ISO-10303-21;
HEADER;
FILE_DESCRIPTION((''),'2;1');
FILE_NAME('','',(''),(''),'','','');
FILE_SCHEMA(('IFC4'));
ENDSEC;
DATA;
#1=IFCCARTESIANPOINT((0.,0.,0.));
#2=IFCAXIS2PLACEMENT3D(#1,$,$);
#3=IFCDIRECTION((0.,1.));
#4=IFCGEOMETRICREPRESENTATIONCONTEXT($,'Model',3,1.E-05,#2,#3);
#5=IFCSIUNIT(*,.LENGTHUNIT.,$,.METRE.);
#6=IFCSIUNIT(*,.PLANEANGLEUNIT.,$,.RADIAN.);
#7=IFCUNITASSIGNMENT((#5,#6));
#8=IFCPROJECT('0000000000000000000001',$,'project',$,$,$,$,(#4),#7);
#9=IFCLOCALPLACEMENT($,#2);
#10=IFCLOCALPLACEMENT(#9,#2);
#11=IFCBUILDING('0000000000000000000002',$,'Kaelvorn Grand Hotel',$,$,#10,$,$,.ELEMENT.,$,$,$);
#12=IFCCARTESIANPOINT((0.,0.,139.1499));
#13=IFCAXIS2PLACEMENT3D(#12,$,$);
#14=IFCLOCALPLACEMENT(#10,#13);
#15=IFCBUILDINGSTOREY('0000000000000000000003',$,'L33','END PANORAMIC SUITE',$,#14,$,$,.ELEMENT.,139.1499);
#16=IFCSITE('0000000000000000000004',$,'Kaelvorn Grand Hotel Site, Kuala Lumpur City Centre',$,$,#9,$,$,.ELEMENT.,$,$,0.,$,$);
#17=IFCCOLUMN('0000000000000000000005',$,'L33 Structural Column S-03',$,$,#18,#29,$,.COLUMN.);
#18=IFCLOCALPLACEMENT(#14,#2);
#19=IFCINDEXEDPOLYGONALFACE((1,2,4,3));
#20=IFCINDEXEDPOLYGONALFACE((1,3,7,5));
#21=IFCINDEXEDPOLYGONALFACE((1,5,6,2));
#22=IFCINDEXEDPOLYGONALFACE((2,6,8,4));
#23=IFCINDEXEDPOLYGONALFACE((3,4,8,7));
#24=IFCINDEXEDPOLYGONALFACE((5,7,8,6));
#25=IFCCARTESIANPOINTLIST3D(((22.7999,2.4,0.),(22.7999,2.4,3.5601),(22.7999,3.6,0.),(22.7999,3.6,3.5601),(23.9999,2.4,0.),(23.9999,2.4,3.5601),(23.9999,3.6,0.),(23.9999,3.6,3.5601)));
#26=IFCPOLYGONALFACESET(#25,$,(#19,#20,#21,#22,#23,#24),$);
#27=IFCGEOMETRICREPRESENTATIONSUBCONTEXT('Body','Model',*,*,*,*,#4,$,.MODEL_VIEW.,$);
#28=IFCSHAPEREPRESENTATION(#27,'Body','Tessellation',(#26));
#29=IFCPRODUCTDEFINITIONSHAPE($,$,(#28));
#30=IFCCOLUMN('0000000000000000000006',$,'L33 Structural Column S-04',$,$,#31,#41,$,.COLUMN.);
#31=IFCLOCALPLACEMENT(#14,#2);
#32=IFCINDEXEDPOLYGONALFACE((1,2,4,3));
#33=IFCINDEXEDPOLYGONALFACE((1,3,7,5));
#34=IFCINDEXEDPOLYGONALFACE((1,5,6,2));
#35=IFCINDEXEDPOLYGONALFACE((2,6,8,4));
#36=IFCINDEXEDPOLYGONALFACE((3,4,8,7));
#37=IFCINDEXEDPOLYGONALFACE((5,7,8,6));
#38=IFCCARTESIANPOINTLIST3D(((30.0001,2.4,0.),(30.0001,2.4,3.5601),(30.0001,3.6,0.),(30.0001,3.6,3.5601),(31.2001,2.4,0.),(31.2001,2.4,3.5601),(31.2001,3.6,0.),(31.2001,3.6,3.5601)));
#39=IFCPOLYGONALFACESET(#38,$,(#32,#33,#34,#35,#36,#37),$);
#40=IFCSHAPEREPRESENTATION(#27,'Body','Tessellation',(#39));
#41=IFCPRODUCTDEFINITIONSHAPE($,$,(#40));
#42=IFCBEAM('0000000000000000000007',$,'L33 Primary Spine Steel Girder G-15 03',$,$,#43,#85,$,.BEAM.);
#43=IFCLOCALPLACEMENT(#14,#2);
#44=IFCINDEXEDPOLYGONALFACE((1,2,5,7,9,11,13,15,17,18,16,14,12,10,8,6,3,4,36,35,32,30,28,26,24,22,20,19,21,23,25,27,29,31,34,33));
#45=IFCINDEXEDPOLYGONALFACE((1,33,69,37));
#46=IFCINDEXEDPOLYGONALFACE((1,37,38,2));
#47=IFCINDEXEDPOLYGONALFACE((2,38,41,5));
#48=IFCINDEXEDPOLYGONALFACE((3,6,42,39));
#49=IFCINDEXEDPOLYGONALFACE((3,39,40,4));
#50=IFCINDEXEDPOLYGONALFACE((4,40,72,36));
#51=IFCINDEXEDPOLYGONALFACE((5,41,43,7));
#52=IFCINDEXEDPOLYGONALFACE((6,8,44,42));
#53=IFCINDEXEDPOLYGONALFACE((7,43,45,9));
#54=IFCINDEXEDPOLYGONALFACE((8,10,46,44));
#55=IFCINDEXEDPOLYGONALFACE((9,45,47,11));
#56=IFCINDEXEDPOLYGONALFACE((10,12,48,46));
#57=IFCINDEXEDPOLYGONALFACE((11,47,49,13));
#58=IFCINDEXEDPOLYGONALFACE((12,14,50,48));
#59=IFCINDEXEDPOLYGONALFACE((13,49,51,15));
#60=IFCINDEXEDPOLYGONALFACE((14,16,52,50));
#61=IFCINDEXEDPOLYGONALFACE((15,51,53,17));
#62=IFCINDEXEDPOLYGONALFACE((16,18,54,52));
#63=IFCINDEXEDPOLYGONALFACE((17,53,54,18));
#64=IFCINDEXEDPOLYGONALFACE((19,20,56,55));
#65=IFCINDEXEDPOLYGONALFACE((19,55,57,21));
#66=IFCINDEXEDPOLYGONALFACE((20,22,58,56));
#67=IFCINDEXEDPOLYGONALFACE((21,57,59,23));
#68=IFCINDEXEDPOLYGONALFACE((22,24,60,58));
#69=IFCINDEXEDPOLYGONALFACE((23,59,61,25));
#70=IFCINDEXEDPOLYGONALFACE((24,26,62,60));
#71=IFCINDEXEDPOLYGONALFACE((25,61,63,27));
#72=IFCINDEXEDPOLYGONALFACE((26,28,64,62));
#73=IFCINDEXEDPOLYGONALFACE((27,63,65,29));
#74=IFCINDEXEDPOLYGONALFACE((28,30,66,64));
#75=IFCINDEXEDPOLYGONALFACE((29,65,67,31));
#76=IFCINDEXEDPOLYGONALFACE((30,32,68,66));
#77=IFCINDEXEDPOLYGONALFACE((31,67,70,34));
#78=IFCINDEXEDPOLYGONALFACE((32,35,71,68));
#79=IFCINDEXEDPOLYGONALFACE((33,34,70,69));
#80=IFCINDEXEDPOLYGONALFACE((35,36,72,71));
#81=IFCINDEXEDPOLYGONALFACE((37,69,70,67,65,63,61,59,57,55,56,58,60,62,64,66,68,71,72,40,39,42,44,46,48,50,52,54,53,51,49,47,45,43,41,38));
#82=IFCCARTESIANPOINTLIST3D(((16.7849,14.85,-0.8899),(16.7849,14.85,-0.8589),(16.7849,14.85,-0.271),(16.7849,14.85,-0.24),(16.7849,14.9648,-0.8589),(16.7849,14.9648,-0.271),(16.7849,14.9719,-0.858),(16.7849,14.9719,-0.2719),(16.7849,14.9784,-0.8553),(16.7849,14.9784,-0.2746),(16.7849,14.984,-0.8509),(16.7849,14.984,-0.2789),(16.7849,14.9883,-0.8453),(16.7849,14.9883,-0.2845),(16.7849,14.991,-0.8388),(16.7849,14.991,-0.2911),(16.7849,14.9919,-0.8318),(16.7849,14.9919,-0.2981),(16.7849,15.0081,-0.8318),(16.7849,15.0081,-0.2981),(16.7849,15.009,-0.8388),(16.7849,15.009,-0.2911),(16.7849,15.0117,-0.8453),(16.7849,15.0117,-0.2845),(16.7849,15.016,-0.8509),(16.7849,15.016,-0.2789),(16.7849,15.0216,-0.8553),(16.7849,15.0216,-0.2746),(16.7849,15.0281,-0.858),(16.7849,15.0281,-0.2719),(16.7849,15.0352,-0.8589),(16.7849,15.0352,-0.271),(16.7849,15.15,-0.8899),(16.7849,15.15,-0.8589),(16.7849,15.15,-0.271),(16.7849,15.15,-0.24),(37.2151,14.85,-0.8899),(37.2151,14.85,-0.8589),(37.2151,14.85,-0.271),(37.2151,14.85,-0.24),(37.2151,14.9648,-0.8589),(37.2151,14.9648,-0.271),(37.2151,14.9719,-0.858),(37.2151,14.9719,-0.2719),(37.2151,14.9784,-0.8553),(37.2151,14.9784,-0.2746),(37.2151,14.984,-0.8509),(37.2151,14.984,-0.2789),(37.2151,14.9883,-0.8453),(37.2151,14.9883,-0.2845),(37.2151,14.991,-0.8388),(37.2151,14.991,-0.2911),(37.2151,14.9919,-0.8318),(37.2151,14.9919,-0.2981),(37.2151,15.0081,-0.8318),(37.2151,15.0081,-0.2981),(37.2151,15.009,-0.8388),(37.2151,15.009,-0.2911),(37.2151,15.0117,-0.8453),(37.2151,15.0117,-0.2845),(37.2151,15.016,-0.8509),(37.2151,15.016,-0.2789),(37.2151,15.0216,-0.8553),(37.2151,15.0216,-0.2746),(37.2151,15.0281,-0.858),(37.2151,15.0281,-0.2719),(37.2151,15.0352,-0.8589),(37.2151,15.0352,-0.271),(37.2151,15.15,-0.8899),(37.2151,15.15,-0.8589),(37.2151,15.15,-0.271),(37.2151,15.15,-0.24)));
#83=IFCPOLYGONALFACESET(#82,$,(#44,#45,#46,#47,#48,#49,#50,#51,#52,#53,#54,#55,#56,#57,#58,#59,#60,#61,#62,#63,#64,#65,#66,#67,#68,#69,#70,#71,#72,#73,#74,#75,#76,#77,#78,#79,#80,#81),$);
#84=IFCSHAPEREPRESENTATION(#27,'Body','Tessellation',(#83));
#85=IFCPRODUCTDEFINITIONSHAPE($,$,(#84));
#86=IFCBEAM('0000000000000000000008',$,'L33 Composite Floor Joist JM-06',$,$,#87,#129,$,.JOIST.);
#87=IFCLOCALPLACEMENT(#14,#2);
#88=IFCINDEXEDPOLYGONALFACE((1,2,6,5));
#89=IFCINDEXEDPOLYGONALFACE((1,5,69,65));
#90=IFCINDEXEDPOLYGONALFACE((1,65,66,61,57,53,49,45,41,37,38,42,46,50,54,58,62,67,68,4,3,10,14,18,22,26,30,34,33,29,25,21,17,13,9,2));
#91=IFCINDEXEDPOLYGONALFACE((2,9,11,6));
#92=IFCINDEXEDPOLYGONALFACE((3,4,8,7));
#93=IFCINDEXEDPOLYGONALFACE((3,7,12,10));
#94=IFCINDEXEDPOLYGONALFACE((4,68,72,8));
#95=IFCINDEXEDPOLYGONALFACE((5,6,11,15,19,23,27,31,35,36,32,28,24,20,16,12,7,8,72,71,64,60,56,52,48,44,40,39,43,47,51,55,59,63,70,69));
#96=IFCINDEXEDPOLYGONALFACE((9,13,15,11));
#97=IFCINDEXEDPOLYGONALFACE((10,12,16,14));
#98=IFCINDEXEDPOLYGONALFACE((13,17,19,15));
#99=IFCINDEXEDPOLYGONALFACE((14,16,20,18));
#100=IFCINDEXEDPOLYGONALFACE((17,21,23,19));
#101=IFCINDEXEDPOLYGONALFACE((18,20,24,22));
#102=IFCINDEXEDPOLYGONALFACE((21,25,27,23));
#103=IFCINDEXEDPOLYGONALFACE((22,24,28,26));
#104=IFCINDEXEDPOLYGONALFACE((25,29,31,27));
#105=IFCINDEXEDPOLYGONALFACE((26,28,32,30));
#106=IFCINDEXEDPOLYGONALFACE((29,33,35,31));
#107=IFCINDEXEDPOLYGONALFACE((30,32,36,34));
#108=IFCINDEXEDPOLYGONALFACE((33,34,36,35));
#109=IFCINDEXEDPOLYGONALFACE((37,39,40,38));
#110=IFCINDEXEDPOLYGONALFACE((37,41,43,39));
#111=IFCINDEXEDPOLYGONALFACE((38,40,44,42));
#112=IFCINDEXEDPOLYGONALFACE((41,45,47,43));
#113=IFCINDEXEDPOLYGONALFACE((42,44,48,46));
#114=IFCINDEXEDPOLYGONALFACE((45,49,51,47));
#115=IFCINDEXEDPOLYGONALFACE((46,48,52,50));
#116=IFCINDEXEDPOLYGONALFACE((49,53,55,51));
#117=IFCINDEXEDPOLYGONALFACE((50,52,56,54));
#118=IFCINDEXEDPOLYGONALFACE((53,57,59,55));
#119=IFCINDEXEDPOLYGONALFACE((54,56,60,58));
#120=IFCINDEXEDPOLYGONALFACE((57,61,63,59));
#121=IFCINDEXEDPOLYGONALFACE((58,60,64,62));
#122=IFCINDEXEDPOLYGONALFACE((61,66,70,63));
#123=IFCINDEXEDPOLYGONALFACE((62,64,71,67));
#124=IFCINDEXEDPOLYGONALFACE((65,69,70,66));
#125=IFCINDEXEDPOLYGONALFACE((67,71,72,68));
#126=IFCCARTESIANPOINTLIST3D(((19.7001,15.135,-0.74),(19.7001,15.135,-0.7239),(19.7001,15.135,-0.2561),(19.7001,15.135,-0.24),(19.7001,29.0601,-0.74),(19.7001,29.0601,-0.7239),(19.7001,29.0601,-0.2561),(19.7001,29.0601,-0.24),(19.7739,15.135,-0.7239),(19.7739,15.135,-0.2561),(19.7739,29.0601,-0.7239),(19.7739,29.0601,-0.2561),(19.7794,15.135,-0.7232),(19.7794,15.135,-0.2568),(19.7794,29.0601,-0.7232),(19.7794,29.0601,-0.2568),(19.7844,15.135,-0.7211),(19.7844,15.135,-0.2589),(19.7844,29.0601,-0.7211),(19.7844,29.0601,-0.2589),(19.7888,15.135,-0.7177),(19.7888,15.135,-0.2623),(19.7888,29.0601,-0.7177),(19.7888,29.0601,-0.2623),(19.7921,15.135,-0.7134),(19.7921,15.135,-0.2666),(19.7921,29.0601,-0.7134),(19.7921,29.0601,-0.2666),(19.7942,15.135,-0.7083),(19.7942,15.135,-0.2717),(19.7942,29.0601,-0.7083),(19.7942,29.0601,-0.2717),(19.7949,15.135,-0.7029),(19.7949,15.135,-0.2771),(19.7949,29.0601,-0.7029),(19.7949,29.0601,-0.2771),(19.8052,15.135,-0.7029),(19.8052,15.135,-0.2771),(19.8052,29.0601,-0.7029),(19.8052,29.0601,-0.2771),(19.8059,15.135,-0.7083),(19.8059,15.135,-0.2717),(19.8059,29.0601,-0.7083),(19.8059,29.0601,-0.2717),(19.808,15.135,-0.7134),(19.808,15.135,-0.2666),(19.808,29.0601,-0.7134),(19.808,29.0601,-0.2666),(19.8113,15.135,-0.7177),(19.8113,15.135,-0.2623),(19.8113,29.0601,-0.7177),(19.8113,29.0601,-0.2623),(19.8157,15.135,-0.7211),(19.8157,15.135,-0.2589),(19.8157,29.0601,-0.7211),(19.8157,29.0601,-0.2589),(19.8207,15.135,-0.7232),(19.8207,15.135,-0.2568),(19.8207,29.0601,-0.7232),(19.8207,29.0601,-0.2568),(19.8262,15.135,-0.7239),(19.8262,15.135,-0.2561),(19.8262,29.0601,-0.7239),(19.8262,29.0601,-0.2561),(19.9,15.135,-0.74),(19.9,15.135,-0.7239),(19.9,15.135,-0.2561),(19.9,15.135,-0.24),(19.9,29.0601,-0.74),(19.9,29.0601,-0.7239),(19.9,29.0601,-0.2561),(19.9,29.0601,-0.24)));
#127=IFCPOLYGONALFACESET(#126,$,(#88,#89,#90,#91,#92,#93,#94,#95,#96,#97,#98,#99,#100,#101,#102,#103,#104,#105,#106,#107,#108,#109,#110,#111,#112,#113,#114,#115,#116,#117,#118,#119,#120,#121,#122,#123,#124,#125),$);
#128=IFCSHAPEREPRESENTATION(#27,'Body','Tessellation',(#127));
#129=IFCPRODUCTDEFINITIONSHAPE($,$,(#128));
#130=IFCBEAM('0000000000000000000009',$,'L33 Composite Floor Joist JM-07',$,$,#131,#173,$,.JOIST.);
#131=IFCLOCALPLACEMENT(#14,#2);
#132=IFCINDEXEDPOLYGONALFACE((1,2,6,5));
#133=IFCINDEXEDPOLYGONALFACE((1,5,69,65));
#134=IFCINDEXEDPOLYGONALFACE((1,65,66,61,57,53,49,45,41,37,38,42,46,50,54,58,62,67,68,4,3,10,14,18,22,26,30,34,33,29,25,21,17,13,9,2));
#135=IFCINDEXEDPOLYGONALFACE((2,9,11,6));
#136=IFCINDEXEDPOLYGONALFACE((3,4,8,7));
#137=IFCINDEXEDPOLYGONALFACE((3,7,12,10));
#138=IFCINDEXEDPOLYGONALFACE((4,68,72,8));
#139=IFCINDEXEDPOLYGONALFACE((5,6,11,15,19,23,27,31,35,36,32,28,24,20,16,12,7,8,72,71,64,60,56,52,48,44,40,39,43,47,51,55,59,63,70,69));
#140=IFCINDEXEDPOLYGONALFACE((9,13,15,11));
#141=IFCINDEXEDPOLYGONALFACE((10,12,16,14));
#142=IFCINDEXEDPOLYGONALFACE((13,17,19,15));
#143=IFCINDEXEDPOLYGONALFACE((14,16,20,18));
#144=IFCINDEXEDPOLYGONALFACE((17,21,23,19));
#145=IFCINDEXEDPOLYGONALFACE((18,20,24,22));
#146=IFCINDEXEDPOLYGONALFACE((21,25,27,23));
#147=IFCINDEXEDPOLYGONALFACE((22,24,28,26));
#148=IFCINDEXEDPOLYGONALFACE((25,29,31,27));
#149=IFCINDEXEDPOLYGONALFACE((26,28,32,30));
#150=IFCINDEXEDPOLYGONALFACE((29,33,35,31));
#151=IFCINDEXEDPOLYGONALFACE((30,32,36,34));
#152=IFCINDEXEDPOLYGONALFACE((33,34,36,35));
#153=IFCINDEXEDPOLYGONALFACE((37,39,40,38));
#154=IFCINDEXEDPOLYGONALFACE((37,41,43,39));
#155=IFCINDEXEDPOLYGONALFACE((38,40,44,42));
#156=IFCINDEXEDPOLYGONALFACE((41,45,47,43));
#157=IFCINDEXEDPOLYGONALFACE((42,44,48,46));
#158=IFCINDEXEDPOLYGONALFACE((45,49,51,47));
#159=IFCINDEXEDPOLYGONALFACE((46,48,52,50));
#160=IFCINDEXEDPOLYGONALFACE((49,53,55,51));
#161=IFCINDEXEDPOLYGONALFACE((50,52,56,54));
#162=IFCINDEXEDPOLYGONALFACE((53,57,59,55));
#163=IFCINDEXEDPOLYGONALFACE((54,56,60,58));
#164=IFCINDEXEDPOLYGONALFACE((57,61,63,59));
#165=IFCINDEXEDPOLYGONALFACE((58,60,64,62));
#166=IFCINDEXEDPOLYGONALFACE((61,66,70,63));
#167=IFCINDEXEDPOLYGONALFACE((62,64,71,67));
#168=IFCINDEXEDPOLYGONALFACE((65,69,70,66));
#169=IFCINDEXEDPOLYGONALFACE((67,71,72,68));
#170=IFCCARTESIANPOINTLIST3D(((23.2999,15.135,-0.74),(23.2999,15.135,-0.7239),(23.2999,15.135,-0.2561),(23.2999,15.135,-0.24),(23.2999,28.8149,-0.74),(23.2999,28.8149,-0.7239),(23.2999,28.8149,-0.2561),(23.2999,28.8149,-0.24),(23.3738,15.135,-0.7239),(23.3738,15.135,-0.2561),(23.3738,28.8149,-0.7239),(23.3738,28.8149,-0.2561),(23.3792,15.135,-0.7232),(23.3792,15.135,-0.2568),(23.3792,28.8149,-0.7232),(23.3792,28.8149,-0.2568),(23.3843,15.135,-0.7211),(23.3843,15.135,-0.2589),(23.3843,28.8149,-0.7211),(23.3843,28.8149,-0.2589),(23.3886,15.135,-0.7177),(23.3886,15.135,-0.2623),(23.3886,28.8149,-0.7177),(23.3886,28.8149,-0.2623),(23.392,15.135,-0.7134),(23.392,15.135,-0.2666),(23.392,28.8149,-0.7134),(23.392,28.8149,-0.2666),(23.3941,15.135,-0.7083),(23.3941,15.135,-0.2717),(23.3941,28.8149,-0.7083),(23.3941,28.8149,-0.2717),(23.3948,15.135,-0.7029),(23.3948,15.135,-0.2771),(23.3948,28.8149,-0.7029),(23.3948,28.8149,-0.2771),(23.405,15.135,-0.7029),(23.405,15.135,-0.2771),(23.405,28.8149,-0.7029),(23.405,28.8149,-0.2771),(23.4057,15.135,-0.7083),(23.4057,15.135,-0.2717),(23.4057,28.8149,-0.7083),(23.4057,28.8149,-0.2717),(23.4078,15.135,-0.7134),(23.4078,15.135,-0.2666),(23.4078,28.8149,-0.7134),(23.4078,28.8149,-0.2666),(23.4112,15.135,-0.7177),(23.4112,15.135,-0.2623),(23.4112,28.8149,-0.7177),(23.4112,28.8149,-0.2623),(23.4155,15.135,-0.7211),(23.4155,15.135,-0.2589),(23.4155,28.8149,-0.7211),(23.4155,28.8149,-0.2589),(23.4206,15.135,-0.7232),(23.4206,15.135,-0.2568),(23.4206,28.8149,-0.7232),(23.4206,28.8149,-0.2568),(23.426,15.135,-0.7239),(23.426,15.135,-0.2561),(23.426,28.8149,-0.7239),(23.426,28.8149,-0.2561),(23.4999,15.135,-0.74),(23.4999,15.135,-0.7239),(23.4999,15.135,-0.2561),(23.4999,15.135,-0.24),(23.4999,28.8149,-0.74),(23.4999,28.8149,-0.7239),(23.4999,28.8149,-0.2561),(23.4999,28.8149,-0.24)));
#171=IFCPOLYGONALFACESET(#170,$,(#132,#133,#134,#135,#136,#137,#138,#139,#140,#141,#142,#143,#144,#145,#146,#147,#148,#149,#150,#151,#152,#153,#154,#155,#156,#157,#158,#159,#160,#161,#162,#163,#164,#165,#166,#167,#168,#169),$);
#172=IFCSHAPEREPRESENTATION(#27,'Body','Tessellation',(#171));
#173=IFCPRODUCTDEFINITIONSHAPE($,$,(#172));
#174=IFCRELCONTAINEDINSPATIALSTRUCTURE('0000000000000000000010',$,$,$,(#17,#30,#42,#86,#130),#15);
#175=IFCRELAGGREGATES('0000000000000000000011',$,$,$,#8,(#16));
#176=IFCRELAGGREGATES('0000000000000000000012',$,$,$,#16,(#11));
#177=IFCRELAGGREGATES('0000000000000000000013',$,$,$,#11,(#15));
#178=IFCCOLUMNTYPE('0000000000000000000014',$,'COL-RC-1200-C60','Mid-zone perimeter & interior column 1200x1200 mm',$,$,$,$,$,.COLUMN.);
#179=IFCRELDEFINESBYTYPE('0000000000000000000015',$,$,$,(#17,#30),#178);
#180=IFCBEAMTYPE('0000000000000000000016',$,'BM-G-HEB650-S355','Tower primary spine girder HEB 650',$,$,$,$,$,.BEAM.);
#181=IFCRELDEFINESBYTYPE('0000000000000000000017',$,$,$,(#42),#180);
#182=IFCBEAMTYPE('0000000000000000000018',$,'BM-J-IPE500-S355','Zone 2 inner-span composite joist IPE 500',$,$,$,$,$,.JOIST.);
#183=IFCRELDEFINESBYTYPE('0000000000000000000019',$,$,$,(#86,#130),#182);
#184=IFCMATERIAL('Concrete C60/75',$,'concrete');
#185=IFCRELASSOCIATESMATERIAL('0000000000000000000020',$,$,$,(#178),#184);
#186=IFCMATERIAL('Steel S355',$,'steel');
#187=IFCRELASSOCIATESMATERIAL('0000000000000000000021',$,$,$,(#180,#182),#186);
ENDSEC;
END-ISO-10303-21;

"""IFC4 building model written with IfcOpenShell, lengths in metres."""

from ifc_helpers import new_model, si_unit, direction, frame, origin, origin_2d, place, context, subcontext, project, spatial, rectangle, i_section, extrude, material, material_profile, profile_set, type_object, element, save


model = new_model("IFC4")

# Units and contexts
model_context = context("Model", 3, precision=1e-05, world=origin(), true_north=direction((0.0, 1.0)))
body_context = subcontext(model_context, "Body", "Model", "MODEL_VIEW")
ifc_project = project(units=[si_unit("LENGTHUNIT", "METRE"), si_unit("PLANEANGLEUNIT", "RADIAN")], contexts=[model_context])

# Site, building, storey
site_placement = place(None, origin())
site = spatial("IfcSite", under=ifc_project, at=site_placement, Name="Kaelvorn Grand Hotel Site, Kuala Lumpur City Centre", CompositionType="ELEMENT", RefElevation=0.0)
building_placement = place(site_placement, origin())
building = spatial("IfcBuilding", under=site, at=building_placement, Name="Kaelvorn Grand Hotel", CompositionType="ELEMENT")
storey_placement = place(building_placement, frame((0.0, 0.0, 139.1499)))
storey = spatial("IfcBuildingStorey", under=building, at=storey_placement, Name="L33", Description="END PANORAMIC SUITE", CompositionType="ELEMENT", Elevation=139.1499)

# Columns
ifc_material_1 = material(Name="Concrete C60/75", Category="concrete")
ifc_material_profile_1 = material_profile(ifc_material_1, rectangle(XDim=1.2, YDim=1.2, at=origin_2d()), Name="RC COL 1200x1200")
ifc_profile_set_1 = profile_set([ifc_material_profile_1], Name="Concrete C60/75")
column_type = type_object("IfcColumnType", Name="COL-RC-1200-C60", Description="Mid-zone perimeter & interior column 1200x1200 mm", PredefinedType="COLUMN", material=ifc_profile_set_1)
for number, where, z_axis, x_axis, name in (
    (1, (23.3999, 3.0, 0.0), (0.0, 0.0, 1.0), (1.0, 0.0, 0.0), "L33 Structural Column S-03"),
    (2, (30.6001, 3.0, 0.0), (0.0, 0.0, 1.0), (1.0, 0.0, 0.0), "L33 Structural Column S-04"),
):
    element("IfcColumn", number, at=place(storey_placement, frame(where, z_axis=z_axis, x_axis=x_axis)), inside=storey, type_object=column_type, Name=name, PredefinedType="COLUMN", context=body_context, shape_type="SweptSolid", body=[
        extrude(rectangle(XDim=1.2, YDim=1.2, at=origin_2d()), origin(), (0.0, 0.0, 1.0), 3.5601),
    ])

# Beams
ifc_material_2 = material(Name="Steel S355", Category="steel")
ifc_material_profile_2 = material_profile(ifc_material_2, i_section(OverallWidth=0.3, OverallDepth=0.6499, WebThickness=0.0161, FlangeThickness=0.031, FilletRadius=0.0271, at=origin_2d()), Name="HEB 650")
ifc_profile_set_2 = profile_set([ifc_material_profile_2], Name="Steel S355")
beam_type_1 = type_object("IfcBeamType", Name="BM-G-HEB650-S355", Description="Tower primary spine girder HEB 650", PredefinedType="BEAM", material=ifc_profile_set_2)
beam_1_placement = place(storey_placement, frame((16.7849, 15.0, -0.5649), z_axis=(1.0, 0.0, 0.0), x_axis=(0.0, 1.0, 0.0)))
element("IfcBeam", 3, at=beam_1_placement, inside=storey, type_object=beam_type_1, Name="L33 Primary Spine Steel Girder G-15 03", PredefinedType="BEAM", context=body_context, shape_type="SweptSolid", body=[
    extrude(i_section(OverallWidth=0.3, OverallDepth=0.6499, WebThickness=0.0161, FlangeThickness=0.031, FilletRadius=0.0271, at=origin_2d()), origin(), (0.0, 0.0, 1.0), 20.4302),
])
ifc_material_profile_3 = material_profile(ifc_material_2, i_section(OverallWidth=0.2, OverallDepth=0.5, WebThickness=0.0103, FlangeThickness=0.0161, FilletRadius=0.021, at=origin_2d()), Name="IPE 500")
ifc_profile_set_3 = profile_set([ifc_material_profile_3], Name="Steel S355")
beam_type_2 = type_object("IfcBeamType", Name="BM-J-IPE500-S355", Description="Zone 2 inner-span composite joist IPE 500", PredefinedType="JOIST", material=ifc_profile_set_3)
beam_2_placement = place(storey_placement, frame((19.8, 15.135, -0.49), z_axis=(0.0, 1.0, 0.0), x_axis=(-1.0, 0.0, 0.0)))
element("IfcBeam", 4, at=beam_2_placement, inside=storey, type_object=beam_type_2, Name="L33 Composite Floor Joist JM-06", PredefinedType="JOIST", context=body_context, shape_type="SweptSolid", body=[
    extrude(i_section(OverallWidth=0.2, OverallDepth=0.5, WebThickness=0.0103, FlangeThickness=0.0161, FilletRadius=0.021, at=origin_2d()), origin(), (0.0, 0.0, 1.0), 13.925),
])
beam_3_placement = place(storey_placement, frame((23.3999, 15.135, -0.49), z_axis=(0.0, 1.0, 0.0), x_axis=(-1.0, 0.0, 0.0)))
element("IfcBeam", 5, at=beam_3_placement, inside=storey, type_object=beam_type_2, Name="L33 Composite Floor Joist JM-07", PredefinedType="JOIST", context=body_context, shape_type="SweptSolid", body=[
    extrude(i_section(OverallWidth=0.2, OverallDepth=0.5, WebThickness=0.0103, FlangeThickness=0.0161, FilletRadius=0.021, at=origin_2d()), origin(), (0.0, 0.0, 1.0), 13.6799),
])

save(model, "model.ifc")
